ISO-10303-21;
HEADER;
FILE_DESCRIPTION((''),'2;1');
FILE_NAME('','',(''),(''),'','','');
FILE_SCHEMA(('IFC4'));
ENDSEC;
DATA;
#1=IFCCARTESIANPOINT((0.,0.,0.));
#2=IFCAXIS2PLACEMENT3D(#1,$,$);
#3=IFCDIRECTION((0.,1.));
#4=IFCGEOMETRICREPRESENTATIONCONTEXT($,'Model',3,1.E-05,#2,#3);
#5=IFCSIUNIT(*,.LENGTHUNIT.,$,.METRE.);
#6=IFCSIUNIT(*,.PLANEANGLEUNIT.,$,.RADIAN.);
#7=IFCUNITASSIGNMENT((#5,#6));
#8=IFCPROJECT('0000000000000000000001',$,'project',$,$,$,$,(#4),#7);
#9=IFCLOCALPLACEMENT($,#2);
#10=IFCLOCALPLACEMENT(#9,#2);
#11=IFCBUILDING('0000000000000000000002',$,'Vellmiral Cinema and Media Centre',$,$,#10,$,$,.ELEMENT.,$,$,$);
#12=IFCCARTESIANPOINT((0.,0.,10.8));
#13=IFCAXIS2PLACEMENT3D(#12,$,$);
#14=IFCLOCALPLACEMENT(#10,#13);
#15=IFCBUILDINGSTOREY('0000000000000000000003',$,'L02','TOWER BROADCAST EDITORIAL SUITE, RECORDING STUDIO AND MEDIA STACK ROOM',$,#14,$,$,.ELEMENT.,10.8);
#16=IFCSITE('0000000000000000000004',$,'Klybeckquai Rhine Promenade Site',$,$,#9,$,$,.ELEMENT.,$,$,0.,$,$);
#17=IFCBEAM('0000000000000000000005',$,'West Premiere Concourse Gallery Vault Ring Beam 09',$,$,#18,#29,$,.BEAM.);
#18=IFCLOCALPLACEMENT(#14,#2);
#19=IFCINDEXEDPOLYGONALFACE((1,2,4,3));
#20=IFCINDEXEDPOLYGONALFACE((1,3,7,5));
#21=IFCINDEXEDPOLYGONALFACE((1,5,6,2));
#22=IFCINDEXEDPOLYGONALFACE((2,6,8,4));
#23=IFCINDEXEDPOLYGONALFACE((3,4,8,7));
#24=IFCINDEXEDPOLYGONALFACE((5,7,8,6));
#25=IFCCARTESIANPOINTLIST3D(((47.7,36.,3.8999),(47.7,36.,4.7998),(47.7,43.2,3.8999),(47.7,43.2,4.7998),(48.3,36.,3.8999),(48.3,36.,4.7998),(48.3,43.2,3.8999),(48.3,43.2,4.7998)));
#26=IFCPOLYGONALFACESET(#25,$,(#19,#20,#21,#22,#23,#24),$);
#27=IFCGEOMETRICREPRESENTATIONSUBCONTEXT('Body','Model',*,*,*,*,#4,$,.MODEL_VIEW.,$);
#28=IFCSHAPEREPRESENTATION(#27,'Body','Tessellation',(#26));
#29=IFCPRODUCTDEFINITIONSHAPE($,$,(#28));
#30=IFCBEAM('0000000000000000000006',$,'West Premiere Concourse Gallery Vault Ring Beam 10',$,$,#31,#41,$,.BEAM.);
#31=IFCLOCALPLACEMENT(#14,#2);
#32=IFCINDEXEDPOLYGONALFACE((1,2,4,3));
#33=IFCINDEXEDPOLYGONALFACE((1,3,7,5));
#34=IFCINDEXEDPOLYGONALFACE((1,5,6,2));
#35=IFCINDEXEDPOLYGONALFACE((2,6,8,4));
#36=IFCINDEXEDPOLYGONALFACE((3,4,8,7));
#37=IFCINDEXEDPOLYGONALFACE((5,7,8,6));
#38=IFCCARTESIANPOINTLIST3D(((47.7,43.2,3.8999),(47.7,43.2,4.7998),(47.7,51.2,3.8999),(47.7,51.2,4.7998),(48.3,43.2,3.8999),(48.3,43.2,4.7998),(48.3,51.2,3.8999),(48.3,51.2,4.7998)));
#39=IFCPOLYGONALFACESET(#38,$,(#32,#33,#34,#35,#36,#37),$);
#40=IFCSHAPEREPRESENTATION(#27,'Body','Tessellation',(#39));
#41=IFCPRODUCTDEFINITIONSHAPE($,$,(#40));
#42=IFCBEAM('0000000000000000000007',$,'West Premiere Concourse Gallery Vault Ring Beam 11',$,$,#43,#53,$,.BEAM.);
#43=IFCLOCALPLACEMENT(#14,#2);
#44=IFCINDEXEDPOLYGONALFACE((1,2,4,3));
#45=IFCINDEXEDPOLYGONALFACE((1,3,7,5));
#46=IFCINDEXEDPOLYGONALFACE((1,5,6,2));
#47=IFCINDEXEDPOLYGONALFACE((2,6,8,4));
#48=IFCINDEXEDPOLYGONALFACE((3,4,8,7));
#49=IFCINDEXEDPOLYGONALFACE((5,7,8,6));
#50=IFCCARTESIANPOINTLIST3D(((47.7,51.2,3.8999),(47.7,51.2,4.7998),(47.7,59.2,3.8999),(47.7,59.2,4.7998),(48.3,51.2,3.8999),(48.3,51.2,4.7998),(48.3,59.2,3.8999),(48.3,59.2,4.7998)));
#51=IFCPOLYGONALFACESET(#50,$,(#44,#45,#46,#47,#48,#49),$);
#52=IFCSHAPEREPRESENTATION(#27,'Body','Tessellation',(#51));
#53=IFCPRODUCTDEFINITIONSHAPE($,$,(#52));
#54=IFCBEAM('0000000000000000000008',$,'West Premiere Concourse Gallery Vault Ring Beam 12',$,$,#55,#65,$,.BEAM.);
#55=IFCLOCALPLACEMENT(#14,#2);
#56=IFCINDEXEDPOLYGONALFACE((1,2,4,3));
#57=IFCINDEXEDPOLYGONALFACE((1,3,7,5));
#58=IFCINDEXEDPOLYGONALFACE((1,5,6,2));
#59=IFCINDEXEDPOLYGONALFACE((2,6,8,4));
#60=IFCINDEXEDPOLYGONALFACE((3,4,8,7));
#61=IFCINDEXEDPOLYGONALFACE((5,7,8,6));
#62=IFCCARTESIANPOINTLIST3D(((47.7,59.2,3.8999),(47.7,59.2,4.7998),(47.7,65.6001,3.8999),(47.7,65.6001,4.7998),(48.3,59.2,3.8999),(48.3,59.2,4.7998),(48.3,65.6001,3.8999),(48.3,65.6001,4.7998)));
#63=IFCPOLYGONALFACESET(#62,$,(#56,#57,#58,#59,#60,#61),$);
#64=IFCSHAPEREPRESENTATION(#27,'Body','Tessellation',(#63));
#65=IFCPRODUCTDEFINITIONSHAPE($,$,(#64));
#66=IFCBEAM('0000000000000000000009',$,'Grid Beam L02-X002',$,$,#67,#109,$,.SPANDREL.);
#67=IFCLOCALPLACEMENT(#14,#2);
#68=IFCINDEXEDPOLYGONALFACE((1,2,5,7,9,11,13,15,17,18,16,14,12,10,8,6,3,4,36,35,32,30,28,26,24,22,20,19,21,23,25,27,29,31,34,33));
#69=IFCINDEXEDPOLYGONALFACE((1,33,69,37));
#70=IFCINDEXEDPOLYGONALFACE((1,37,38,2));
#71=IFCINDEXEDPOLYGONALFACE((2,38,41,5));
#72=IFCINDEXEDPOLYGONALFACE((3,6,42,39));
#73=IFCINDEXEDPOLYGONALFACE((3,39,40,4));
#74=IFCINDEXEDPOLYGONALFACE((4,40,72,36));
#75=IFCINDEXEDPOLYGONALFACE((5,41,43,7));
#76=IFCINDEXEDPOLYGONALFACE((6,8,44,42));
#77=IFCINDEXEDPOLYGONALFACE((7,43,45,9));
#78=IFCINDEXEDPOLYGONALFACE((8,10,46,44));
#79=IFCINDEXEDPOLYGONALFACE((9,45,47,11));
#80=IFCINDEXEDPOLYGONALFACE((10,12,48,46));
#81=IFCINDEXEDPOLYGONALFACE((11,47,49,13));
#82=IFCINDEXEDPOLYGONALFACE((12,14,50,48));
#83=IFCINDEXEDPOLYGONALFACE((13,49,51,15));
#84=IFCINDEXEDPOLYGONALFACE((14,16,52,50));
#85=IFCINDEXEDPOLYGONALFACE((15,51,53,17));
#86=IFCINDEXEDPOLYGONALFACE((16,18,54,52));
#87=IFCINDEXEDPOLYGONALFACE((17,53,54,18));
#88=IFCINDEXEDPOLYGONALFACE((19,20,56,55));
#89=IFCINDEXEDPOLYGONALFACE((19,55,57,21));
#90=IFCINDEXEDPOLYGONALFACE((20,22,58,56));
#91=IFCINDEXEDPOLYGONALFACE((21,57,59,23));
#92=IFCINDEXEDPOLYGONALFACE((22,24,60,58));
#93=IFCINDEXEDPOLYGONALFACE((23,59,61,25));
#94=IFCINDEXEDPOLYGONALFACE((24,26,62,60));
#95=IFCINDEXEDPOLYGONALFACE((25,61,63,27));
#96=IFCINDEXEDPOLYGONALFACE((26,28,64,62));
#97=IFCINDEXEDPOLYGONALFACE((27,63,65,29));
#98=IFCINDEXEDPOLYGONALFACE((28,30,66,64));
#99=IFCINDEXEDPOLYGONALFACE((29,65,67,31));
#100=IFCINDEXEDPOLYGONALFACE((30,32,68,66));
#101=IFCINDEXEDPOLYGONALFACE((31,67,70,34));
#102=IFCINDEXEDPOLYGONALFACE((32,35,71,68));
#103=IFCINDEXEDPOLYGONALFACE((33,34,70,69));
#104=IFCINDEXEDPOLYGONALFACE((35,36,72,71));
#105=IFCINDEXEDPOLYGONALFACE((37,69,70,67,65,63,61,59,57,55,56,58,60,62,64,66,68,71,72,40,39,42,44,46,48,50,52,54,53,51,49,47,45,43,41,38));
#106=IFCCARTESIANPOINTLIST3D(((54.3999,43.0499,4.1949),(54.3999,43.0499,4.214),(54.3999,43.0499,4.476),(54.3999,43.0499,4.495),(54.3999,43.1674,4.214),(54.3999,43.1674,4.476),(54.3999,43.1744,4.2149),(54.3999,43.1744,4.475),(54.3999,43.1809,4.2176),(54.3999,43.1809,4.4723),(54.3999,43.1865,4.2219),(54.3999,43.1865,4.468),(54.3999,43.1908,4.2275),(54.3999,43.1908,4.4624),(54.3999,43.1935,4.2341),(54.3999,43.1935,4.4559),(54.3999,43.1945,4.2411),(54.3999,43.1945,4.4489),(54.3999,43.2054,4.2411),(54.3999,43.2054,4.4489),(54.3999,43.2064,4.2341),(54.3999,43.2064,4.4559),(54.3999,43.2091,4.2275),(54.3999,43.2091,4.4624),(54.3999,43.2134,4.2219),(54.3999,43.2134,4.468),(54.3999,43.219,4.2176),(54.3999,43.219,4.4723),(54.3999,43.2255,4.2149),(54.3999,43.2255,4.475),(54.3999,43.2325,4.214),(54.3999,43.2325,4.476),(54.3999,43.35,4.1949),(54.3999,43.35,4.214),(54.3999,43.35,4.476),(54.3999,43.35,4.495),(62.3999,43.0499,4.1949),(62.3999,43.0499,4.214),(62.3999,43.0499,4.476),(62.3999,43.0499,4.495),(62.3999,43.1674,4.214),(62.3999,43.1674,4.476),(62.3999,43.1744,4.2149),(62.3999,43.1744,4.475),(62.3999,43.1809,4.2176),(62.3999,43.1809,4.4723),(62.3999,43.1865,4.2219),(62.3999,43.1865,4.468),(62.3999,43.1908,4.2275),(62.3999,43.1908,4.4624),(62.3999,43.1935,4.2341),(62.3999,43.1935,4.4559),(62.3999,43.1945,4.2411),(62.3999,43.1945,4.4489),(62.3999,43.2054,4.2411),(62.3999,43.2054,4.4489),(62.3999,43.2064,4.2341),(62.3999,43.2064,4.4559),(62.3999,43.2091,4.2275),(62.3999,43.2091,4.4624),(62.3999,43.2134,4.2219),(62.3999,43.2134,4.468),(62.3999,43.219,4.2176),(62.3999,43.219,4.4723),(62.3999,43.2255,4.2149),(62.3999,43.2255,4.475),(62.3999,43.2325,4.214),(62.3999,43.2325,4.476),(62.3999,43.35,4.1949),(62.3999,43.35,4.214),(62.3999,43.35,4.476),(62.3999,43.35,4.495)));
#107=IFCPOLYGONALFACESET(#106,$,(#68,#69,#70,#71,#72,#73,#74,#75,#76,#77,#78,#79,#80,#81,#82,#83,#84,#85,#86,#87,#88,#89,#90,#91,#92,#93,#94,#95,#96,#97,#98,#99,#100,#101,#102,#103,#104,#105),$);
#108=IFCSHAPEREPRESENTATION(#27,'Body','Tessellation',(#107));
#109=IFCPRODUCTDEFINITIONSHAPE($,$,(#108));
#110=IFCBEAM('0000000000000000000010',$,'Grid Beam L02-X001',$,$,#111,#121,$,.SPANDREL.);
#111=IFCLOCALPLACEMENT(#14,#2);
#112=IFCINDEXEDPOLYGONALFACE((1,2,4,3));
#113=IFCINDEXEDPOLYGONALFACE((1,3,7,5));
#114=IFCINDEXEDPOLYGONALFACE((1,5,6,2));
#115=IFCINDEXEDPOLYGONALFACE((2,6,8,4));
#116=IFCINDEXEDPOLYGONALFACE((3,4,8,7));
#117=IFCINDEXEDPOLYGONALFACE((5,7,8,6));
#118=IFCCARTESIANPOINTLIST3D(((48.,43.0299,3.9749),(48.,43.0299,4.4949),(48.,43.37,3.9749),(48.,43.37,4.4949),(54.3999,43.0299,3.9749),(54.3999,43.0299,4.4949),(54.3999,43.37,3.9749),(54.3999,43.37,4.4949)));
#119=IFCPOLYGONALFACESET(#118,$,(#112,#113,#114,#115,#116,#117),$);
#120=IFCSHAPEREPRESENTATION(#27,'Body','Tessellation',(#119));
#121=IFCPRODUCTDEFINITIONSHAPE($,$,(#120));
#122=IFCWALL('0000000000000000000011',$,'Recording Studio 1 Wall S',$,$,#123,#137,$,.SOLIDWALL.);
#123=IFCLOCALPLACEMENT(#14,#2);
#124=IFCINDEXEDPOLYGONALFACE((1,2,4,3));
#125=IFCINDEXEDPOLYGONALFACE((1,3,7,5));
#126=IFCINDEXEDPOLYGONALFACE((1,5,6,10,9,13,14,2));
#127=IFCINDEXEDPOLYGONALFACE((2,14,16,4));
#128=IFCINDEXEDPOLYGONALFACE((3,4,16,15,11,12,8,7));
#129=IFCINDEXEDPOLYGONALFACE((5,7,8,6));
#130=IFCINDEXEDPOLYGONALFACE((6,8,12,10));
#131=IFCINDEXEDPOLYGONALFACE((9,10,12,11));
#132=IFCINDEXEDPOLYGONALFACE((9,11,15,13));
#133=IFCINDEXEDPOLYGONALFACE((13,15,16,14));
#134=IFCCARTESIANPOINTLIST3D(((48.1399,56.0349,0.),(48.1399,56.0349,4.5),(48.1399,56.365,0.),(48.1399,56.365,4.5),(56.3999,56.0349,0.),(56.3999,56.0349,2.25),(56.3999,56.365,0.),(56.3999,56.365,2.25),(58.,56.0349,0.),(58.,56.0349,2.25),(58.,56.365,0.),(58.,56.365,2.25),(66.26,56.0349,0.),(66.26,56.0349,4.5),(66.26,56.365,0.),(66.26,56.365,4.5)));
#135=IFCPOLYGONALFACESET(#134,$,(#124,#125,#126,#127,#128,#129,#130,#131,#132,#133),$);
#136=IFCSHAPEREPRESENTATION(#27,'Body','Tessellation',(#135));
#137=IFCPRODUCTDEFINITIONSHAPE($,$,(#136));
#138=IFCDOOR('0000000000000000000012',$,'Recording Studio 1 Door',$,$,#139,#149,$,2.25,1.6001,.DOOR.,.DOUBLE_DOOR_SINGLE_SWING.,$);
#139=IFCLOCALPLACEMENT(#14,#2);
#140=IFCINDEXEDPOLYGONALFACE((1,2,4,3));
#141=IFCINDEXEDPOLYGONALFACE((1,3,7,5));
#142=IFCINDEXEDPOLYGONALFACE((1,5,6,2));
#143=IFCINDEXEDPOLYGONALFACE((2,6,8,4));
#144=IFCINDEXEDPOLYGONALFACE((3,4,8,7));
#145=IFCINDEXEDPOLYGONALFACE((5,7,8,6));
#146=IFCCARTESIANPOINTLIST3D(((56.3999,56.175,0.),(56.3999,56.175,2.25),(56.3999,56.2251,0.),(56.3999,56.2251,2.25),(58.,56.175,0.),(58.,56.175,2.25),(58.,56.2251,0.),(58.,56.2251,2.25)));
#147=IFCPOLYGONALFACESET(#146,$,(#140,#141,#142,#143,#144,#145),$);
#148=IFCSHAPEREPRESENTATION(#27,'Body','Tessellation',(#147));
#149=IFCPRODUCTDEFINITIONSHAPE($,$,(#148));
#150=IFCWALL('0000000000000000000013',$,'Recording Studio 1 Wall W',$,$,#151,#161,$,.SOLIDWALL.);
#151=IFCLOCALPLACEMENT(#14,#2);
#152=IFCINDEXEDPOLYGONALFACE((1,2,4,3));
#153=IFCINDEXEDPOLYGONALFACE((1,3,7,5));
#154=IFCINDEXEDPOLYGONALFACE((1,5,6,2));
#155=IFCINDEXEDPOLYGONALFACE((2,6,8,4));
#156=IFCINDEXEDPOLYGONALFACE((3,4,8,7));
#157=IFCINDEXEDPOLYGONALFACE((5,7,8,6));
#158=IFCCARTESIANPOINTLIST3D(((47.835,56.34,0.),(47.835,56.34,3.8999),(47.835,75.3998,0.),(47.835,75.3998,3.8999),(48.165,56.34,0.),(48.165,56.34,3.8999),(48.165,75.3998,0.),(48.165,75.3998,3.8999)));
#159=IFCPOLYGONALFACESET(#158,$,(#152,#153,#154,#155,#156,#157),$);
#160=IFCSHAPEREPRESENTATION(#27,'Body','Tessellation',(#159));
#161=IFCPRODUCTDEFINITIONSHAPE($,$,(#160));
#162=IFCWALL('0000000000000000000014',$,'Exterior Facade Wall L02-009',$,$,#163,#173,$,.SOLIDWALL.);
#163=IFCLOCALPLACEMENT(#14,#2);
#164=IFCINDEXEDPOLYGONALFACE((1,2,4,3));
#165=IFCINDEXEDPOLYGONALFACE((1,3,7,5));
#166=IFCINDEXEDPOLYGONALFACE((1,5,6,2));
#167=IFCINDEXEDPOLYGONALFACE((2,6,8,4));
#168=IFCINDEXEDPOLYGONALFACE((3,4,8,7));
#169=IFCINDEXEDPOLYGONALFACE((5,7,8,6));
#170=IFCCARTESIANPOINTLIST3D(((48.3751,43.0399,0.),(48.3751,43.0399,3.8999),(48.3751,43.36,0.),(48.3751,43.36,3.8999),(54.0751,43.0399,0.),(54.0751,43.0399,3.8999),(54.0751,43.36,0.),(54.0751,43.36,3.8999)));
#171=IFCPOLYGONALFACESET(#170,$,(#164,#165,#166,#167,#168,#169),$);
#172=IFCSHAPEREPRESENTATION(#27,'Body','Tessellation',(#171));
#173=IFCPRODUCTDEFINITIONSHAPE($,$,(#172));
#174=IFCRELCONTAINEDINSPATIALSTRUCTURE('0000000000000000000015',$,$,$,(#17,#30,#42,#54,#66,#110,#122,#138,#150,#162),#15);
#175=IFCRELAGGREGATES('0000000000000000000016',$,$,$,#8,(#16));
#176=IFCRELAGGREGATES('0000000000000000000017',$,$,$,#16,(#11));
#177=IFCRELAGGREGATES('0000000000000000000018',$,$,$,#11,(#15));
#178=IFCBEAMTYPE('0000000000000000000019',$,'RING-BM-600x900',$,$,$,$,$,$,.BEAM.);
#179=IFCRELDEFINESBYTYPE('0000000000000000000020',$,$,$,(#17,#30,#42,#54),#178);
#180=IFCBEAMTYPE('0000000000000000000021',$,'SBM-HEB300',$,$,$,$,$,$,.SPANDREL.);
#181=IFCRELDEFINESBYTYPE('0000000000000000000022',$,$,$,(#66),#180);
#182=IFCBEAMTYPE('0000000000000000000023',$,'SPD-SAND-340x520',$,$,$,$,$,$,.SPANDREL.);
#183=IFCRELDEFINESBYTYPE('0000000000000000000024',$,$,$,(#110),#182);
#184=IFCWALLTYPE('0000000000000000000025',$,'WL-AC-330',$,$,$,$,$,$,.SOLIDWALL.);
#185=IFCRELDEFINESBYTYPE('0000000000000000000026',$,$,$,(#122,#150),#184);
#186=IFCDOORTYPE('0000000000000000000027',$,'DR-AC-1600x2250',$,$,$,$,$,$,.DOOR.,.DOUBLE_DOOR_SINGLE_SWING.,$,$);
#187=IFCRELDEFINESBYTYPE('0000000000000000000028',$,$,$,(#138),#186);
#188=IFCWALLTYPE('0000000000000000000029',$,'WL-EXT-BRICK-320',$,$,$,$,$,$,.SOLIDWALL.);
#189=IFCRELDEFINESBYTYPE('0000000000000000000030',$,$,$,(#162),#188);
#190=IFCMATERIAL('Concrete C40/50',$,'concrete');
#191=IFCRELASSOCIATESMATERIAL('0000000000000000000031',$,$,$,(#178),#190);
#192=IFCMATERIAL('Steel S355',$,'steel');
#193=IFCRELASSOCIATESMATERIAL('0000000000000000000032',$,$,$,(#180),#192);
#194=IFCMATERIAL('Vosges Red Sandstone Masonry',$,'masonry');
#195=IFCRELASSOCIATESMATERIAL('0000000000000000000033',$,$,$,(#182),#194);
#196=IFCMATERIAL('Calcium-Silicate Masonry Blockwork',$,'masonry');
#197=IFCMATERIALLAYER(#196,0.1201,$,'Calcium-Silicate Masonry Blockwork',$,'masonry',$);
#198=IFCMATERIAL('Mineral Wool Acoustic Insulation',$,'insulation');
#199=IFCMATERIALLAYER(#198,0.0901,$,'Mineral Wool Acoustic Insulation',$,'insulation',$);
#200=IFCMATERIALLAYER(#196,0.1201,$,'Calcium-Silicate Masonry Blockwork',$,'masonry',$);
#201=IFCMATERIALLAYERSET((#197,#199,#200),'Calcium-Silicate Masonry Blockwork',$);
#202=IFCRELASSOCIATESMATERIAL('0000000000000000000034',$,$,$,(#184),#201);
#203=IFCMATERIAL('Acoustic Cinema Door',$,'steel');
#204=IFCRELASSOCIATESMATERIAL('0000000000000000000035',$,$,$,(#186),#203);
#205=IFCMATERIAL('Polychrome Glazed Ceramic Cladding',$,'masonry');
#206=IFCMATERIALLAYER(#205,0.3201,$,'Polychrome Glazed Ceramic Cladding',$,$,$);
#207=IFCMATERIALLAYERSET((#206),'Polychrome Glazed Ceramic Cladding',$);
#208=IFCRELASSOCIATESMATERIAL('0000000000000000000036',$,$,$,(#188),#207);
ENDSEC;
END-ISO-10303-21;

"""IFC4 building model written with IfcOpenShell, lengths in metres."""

from ifc_helpers import new_model, si_unit, direction, frame, frame_2d, origin, origin_2d, place, context, subcontext, project, spatial, rectangle, i_section, extrude, material, layer, layer_set, material_profile, profile_set, type_object, element, fill, save


model = new_model("IFC4")

# Units and contexts
model_context = context("Model", 3, precision=1e-05, world=origin(), true_north=direction((0.0, 1.0)))
body_context = subcontext(model_context, "Body", "Model", "MODEL_VIEW")
ifc_project = project(units=[si_unit("LENGTHUNIT", "METRE"), si_unit("PLANEANGLEUNIT", "RADIAN")], contexts=[model_context])

# Site, building, storey
site_placement = place(None, origin())
site = spatial("IfcSite", under=ifc_project, at=site_placement, Name="Klybeckquai Rhine Promenade Site", CompositionType="ELEMENT", RefElevation=0.0)
building_placement = place(site_placement, origin())
building = spatial("IfcBuilding", under=site, at=building_placement, Name="Vellmiral Cinema and Media Centre", CompositionType="ELEMENT")
storey_placement = place(building_placement, frame((0.0, 0.0, 10.8)))
storey = spatial("IfcBuildingStorey", under=building, at=storey_placement, Name="L02", Description="TOWER BROADCAST EDITORIAL SUITE, RECORDING STUDIO AND MEDIA STACK ROOM", CompositionType="ELEMENT", Elevation=10.8)

# Beams
ifc_material_1 = material(Name="Concrete C40/50", Category="concrete")
ifc_material_profile_1 = material_profile(ifc_material_1, rectangle(XDim=0.6001, YDim=0.8999, at=origin_2d()), Name="RC 600x900")
ifc_profile_set_1 = profile_set([ifc_material_profile_1], Name="Concrete C40/50")
beam_type_1 = type_object("IfcBeamType", Name="RING-BM-600x900", PredefinedType="BEAM", material=ifc_profile_set_1)
beam_1_placement = place(storey_placement, frame((48.0, 36.0, 4.3499), z_axis=(0.0, 1.0, 0.0), x_axis=(-1.0, 0.0, 0.0)))
element("IfcBeam", 1, at=beam_1_placement, inside=storey, type_object=beam_type_1, Name="West Premiere Concourse Gallery Vault Ring Beam 09", PredefinedType="BEAM", context=body_context, shape_type="SweptSolid", body=[
    extrude(rectangle(XDim=0.6001, YDim=0.8999, at=origin_2d()), origin(), (0.0, 0.0, 1.0), 7.2),
])
for number, where, z_axis, x_axis, name in (
    (2, (48.0, 43.2, 4.3499), (0.0, 1.0, 0.0), (-1.0, 0.0, 0.0), "West Premiere Concourse Gallery Vault Ring Beam 10"),
    (3, (48.0, 51.2, 4.3499), (0.0, 1.0, 0.0), (-1.0, 0.0, 0.0), "West Premiere Concourse Gallery Vault Ring Beam 11"),
):
    element("IfcBeam", number, at=place(storey_placement, frame(where, z_axis=z_axis, x_axis=x_axis)), inside=storey, type_object=beam_type_1, Name=name, PredefinedType="BEAM", context=body_context, shape_type="SweptSolid", body=[
        extrude(rectangle(XDim=0.6001, YDim=0.8999, at=origin_2d()), origin(), (0.0, 0.0, 1.0), 8.0),
    ])
beam_2_placement = place(storey_placement, frame((48.0, 59.2, 4.3499), z_axis=(0.0, 1.0, 0.0), x_axis=(-1.0, 0.0, 0.0)))
element("IfcBeam", 4, at=beam_2_placement, inside=storey, type_object=beam_type_1, Name="West Premiere Concourse Gallery Vault Ring Beam 12", PredefinedType="BEAM", context=body_context, shape_type="SweptSolid", body=[
    extrude(rectangle(XDim=0.6001, YDim=0.8999, at=origin_2d()), origin(), (0.0, 0.0, 1.0), 6.4001),
])
ifc_material_2 = material(Name="Steel S355", Category="steel")
ifc_material_profile_2 = material_profile(ifc_material_2, i_section(OverallWidth=0.3, OverallDepth=0.3, WebThickness=0.011, FlangeThickness=0.019, FilletRadius=0.0271, at=origin_2d()), Name="HEB 300")
ifc_profile_set_2 = profile_set([ifc_material_profile_2], Name="Steel S355")
beam_type_2 = type_object("IfcBeamType", Name="SBM-HEB300", PredefinedType="SPANDREL", material=ifc_profile_set_2)
beam_3_placement = place(storey_placement, frame((54.3999, 43.2, 4.345), z_axis=(1.0, 0.0, 0.0), x_axis=(0.0, 1.0, 0.0)))
element("IfcBeam", 5, at=beam_3_placement, inside=storey, type_object=beam_type_2, Name="Grid Beam L02-X002", PredefinedType="SPANDREL", context=body_context, shape_type="SweptSolid", body=[
    extrude(i_section(OverallWidth=0.3, OverallDepth=0.3, WebThickness=0.011, FlangeThickness=0.019, FilletRadius=0.0271, at=origin_2d()), origin(), (0.0, 0.0, 1.0), 8.0),
])
ifc_material_3 = material(Name="Vosges Red Sandstone Masonry", Category="masonry")
ifc_material_profile_3 = material_profile(ifc_material_3, rectangle(XDim=0.3401, YDim=0.52, at=origin_2d()), Name="SAND 340x520")
ifc_profile_set_3 = profile_set([ifc_material_profile_3], Name="Vosges Red Sandstone Masonry")
beam_type_3 = type_object("IfcBeamType", Name="SPD-SAND-340x520", PredefinedType="SPANDREL", material=ifc_profile_set_3)
beam_4_placement = place(storey_placement, frame((48.0, 43.2, 4.2349), z_axis=(1.0, 0.0, 0.0), x_axis=(0.0, 1.0, 0.0)))
element("IfcBeam", 6, at=beam_4_placement, inside=storey, type_object=beam_type_3, Name="Grid Beam L02-X001", PredefinedType="SPANDREL", context=body_context, shape_type="SweptSolid", body=[
    extrude(rectangle(XDim=0.3401, YDim=0.52, at=origin_2d()), origin(), (0.0, 0.0, 1.0), 6.3999),
])

# Wall, opening, door
ifc_material_4 = material(Name="Calcium-Silicate Masonry Blockwork", Category="masonry")
ifc_layer_1 = layer(ifc_material_4, 0.1201, Name="Calcium-Silicate Masonry Blockwork", Category="masonry")
ifc_material_5 = material(Name="Mineral Wool Acoustic Insulation", Category="insulation")
ifc_layer_2 = layer(ifc_material_5, 0.0901, Name="Mineral Wool Acoustic Insulation", Category="insulation")
ifc_layer_3 = layer(ifc_material_4, 0.1201, Name="Calcium-Silicate Masonry Blockwork", Category="masonry")
ifc_layer_set_1 = layer_set([ifc_layer_1, ifc_layer_2, ifc_layer_3], Name="Calcium-Silicate Masonry Blockwork")
wall_type_1 = type_object("IfcWallType", Name="WL-AC-330", PredefinedType="SOLIDWALL", material=ifc_layer_set_1)
wall_1_placement = place(storey_placement, frame((48.1399, 56.2, 0.0), z_axis=(0.0, 0.0, 1.0), x_axis=(1.0, 0.0, 0.0)))
wall_1 = element("IfcWall", 7, at=wall_1_placement, inside=storey, type_object=wall_type_1, Name="Recording Studio 1 Wall S", PredefinedType="SOLIDWALL", context=body_context, shape_type="SweptSolid", body=[
    extrude(rectangle(XDim=18.1201, YDim=0.3301, at=frame_2d((9.0601, 0.0))), origin(), (0.0, 0.0, 1.0), 4.5),
])
opening_1_placement = place(wall_1_placement, frame((8.26, 0.0, 0.0)))
opening_1 = element("IfcOpeningElement", 8, at=opening_1_placement, cuts=wall_1, PredefinedType="OPENING", context=body_context, shape_type="SweptSolid", body=[
    extrude(rectangle(XDim=1.6001, YDim=2.25, at=frame_2d((0.8, 1.125))), frame((0.0, 0.177, 0.0), z_axis=(0.0, -1.0, 0.0), x_axis=(1.0, 0.0, 0.0)), (0.0, 0.0, 1.0), 0.354),
])
ifc_material_6 = material(Name="Acoustic Cinema Door", Category="steel")
door_type_1 = type_object("IfcDoorType", Name="DR-AC-1600x2250", OperationType="DOUBLE_DOOR_SINGLE_SWING", PredefinedType="DOOR", material=ifc_material_6)
door_1_placement = place(opening_1_placement, frame((1.6001, 0.0, 0.0), z_axis=(0.0, 0.0, 1.0), x_axis=(-1.0, 0.0, 0.0)))
door_1 = element("IfcDoor", 9, at=door_1_placement, inside=storey, type_object=door_type_1, Name="Recording Studio 1 Door", OperationType="DOUBLE_DOOR_SINGLE_SWING", OverallHeight=2.25, OverallWidth=1.6001, PredefinedType="DOOR", context=body_context, shape_type="SweptSolid", body=[
    extrude(rectangle(XDim=1.6001, YDim=2.25, at=frame_2d((0.8, 1.125))), frame((0.0, 0.0249, 0.0), z_axis=(0.0, -1.0, 0.0), x_axis=(1.0, 0.0, 0.0)), (0.0, 0.0, 1.0), 0.05),
])
fill(opening_1, door_1)

# Walls
wall_2_placement = place(storey_placement, frame((48.0, 56.3401, 0.0), z_axis=(0.0, 0.0, 1.0), x_axis=(0.0, 1.0, 0.0)))
element("IfcWall", 10, at=wall_2_placement, inside=storey, type_object=wall_type_1, Name="Recording Studio 1 Wall W", PredefinedType="SOLIDWALL", context=body_context, shape_type="SweptSolid", body=[
    extrude(rectangle(XDim=19.0598, YDim=0.3301, at=frame_2d((9.5298, 0.0))), origin(), (0.0, 0.0, 1.0), 3.8999),
])
ifc_material_7 = material(Name="Polychrome Glazed Ceramic Cladding", Category="masonry")
ifc_layer_4 = layer(ifc_material_7, 0.3201, Name="Polychrome Glazed Ceramic Cladding")
ifc_layer_set_2 = layer_set([ifc_layer_4], Name="Polychrome Glazed Ceramic Cladding")
wall_type_2 = type_object("IfcWallType", Name="WL-EXT-BRICK-320", PredefinedType="SOLIDWALL", material=ifc_layer_set_2)
wall_3_placement = place(storey_placement, frame((48.375, 43.2, 0.0), z_axis=(0.0, 0.0, 1.0), x_axis=(1.0, 0.0, 0.0)))
element("IfcWall", 11, at=wall_3_placement, inside=storey, type_object=wall_type_2, Name="Exterior Facade Wall L02-009", PredefinedType="SOLIDWALL", context=body_context, shape_type="SweptSolid", body=[
    extrude(rectangle(XDim=5.7, YDim=0.3201, at=frame_2d((2.8501, 0.0))), origin(), (0.0, 0.0, 1.0), 3.8999),
])

save(model, "model.ifc")
